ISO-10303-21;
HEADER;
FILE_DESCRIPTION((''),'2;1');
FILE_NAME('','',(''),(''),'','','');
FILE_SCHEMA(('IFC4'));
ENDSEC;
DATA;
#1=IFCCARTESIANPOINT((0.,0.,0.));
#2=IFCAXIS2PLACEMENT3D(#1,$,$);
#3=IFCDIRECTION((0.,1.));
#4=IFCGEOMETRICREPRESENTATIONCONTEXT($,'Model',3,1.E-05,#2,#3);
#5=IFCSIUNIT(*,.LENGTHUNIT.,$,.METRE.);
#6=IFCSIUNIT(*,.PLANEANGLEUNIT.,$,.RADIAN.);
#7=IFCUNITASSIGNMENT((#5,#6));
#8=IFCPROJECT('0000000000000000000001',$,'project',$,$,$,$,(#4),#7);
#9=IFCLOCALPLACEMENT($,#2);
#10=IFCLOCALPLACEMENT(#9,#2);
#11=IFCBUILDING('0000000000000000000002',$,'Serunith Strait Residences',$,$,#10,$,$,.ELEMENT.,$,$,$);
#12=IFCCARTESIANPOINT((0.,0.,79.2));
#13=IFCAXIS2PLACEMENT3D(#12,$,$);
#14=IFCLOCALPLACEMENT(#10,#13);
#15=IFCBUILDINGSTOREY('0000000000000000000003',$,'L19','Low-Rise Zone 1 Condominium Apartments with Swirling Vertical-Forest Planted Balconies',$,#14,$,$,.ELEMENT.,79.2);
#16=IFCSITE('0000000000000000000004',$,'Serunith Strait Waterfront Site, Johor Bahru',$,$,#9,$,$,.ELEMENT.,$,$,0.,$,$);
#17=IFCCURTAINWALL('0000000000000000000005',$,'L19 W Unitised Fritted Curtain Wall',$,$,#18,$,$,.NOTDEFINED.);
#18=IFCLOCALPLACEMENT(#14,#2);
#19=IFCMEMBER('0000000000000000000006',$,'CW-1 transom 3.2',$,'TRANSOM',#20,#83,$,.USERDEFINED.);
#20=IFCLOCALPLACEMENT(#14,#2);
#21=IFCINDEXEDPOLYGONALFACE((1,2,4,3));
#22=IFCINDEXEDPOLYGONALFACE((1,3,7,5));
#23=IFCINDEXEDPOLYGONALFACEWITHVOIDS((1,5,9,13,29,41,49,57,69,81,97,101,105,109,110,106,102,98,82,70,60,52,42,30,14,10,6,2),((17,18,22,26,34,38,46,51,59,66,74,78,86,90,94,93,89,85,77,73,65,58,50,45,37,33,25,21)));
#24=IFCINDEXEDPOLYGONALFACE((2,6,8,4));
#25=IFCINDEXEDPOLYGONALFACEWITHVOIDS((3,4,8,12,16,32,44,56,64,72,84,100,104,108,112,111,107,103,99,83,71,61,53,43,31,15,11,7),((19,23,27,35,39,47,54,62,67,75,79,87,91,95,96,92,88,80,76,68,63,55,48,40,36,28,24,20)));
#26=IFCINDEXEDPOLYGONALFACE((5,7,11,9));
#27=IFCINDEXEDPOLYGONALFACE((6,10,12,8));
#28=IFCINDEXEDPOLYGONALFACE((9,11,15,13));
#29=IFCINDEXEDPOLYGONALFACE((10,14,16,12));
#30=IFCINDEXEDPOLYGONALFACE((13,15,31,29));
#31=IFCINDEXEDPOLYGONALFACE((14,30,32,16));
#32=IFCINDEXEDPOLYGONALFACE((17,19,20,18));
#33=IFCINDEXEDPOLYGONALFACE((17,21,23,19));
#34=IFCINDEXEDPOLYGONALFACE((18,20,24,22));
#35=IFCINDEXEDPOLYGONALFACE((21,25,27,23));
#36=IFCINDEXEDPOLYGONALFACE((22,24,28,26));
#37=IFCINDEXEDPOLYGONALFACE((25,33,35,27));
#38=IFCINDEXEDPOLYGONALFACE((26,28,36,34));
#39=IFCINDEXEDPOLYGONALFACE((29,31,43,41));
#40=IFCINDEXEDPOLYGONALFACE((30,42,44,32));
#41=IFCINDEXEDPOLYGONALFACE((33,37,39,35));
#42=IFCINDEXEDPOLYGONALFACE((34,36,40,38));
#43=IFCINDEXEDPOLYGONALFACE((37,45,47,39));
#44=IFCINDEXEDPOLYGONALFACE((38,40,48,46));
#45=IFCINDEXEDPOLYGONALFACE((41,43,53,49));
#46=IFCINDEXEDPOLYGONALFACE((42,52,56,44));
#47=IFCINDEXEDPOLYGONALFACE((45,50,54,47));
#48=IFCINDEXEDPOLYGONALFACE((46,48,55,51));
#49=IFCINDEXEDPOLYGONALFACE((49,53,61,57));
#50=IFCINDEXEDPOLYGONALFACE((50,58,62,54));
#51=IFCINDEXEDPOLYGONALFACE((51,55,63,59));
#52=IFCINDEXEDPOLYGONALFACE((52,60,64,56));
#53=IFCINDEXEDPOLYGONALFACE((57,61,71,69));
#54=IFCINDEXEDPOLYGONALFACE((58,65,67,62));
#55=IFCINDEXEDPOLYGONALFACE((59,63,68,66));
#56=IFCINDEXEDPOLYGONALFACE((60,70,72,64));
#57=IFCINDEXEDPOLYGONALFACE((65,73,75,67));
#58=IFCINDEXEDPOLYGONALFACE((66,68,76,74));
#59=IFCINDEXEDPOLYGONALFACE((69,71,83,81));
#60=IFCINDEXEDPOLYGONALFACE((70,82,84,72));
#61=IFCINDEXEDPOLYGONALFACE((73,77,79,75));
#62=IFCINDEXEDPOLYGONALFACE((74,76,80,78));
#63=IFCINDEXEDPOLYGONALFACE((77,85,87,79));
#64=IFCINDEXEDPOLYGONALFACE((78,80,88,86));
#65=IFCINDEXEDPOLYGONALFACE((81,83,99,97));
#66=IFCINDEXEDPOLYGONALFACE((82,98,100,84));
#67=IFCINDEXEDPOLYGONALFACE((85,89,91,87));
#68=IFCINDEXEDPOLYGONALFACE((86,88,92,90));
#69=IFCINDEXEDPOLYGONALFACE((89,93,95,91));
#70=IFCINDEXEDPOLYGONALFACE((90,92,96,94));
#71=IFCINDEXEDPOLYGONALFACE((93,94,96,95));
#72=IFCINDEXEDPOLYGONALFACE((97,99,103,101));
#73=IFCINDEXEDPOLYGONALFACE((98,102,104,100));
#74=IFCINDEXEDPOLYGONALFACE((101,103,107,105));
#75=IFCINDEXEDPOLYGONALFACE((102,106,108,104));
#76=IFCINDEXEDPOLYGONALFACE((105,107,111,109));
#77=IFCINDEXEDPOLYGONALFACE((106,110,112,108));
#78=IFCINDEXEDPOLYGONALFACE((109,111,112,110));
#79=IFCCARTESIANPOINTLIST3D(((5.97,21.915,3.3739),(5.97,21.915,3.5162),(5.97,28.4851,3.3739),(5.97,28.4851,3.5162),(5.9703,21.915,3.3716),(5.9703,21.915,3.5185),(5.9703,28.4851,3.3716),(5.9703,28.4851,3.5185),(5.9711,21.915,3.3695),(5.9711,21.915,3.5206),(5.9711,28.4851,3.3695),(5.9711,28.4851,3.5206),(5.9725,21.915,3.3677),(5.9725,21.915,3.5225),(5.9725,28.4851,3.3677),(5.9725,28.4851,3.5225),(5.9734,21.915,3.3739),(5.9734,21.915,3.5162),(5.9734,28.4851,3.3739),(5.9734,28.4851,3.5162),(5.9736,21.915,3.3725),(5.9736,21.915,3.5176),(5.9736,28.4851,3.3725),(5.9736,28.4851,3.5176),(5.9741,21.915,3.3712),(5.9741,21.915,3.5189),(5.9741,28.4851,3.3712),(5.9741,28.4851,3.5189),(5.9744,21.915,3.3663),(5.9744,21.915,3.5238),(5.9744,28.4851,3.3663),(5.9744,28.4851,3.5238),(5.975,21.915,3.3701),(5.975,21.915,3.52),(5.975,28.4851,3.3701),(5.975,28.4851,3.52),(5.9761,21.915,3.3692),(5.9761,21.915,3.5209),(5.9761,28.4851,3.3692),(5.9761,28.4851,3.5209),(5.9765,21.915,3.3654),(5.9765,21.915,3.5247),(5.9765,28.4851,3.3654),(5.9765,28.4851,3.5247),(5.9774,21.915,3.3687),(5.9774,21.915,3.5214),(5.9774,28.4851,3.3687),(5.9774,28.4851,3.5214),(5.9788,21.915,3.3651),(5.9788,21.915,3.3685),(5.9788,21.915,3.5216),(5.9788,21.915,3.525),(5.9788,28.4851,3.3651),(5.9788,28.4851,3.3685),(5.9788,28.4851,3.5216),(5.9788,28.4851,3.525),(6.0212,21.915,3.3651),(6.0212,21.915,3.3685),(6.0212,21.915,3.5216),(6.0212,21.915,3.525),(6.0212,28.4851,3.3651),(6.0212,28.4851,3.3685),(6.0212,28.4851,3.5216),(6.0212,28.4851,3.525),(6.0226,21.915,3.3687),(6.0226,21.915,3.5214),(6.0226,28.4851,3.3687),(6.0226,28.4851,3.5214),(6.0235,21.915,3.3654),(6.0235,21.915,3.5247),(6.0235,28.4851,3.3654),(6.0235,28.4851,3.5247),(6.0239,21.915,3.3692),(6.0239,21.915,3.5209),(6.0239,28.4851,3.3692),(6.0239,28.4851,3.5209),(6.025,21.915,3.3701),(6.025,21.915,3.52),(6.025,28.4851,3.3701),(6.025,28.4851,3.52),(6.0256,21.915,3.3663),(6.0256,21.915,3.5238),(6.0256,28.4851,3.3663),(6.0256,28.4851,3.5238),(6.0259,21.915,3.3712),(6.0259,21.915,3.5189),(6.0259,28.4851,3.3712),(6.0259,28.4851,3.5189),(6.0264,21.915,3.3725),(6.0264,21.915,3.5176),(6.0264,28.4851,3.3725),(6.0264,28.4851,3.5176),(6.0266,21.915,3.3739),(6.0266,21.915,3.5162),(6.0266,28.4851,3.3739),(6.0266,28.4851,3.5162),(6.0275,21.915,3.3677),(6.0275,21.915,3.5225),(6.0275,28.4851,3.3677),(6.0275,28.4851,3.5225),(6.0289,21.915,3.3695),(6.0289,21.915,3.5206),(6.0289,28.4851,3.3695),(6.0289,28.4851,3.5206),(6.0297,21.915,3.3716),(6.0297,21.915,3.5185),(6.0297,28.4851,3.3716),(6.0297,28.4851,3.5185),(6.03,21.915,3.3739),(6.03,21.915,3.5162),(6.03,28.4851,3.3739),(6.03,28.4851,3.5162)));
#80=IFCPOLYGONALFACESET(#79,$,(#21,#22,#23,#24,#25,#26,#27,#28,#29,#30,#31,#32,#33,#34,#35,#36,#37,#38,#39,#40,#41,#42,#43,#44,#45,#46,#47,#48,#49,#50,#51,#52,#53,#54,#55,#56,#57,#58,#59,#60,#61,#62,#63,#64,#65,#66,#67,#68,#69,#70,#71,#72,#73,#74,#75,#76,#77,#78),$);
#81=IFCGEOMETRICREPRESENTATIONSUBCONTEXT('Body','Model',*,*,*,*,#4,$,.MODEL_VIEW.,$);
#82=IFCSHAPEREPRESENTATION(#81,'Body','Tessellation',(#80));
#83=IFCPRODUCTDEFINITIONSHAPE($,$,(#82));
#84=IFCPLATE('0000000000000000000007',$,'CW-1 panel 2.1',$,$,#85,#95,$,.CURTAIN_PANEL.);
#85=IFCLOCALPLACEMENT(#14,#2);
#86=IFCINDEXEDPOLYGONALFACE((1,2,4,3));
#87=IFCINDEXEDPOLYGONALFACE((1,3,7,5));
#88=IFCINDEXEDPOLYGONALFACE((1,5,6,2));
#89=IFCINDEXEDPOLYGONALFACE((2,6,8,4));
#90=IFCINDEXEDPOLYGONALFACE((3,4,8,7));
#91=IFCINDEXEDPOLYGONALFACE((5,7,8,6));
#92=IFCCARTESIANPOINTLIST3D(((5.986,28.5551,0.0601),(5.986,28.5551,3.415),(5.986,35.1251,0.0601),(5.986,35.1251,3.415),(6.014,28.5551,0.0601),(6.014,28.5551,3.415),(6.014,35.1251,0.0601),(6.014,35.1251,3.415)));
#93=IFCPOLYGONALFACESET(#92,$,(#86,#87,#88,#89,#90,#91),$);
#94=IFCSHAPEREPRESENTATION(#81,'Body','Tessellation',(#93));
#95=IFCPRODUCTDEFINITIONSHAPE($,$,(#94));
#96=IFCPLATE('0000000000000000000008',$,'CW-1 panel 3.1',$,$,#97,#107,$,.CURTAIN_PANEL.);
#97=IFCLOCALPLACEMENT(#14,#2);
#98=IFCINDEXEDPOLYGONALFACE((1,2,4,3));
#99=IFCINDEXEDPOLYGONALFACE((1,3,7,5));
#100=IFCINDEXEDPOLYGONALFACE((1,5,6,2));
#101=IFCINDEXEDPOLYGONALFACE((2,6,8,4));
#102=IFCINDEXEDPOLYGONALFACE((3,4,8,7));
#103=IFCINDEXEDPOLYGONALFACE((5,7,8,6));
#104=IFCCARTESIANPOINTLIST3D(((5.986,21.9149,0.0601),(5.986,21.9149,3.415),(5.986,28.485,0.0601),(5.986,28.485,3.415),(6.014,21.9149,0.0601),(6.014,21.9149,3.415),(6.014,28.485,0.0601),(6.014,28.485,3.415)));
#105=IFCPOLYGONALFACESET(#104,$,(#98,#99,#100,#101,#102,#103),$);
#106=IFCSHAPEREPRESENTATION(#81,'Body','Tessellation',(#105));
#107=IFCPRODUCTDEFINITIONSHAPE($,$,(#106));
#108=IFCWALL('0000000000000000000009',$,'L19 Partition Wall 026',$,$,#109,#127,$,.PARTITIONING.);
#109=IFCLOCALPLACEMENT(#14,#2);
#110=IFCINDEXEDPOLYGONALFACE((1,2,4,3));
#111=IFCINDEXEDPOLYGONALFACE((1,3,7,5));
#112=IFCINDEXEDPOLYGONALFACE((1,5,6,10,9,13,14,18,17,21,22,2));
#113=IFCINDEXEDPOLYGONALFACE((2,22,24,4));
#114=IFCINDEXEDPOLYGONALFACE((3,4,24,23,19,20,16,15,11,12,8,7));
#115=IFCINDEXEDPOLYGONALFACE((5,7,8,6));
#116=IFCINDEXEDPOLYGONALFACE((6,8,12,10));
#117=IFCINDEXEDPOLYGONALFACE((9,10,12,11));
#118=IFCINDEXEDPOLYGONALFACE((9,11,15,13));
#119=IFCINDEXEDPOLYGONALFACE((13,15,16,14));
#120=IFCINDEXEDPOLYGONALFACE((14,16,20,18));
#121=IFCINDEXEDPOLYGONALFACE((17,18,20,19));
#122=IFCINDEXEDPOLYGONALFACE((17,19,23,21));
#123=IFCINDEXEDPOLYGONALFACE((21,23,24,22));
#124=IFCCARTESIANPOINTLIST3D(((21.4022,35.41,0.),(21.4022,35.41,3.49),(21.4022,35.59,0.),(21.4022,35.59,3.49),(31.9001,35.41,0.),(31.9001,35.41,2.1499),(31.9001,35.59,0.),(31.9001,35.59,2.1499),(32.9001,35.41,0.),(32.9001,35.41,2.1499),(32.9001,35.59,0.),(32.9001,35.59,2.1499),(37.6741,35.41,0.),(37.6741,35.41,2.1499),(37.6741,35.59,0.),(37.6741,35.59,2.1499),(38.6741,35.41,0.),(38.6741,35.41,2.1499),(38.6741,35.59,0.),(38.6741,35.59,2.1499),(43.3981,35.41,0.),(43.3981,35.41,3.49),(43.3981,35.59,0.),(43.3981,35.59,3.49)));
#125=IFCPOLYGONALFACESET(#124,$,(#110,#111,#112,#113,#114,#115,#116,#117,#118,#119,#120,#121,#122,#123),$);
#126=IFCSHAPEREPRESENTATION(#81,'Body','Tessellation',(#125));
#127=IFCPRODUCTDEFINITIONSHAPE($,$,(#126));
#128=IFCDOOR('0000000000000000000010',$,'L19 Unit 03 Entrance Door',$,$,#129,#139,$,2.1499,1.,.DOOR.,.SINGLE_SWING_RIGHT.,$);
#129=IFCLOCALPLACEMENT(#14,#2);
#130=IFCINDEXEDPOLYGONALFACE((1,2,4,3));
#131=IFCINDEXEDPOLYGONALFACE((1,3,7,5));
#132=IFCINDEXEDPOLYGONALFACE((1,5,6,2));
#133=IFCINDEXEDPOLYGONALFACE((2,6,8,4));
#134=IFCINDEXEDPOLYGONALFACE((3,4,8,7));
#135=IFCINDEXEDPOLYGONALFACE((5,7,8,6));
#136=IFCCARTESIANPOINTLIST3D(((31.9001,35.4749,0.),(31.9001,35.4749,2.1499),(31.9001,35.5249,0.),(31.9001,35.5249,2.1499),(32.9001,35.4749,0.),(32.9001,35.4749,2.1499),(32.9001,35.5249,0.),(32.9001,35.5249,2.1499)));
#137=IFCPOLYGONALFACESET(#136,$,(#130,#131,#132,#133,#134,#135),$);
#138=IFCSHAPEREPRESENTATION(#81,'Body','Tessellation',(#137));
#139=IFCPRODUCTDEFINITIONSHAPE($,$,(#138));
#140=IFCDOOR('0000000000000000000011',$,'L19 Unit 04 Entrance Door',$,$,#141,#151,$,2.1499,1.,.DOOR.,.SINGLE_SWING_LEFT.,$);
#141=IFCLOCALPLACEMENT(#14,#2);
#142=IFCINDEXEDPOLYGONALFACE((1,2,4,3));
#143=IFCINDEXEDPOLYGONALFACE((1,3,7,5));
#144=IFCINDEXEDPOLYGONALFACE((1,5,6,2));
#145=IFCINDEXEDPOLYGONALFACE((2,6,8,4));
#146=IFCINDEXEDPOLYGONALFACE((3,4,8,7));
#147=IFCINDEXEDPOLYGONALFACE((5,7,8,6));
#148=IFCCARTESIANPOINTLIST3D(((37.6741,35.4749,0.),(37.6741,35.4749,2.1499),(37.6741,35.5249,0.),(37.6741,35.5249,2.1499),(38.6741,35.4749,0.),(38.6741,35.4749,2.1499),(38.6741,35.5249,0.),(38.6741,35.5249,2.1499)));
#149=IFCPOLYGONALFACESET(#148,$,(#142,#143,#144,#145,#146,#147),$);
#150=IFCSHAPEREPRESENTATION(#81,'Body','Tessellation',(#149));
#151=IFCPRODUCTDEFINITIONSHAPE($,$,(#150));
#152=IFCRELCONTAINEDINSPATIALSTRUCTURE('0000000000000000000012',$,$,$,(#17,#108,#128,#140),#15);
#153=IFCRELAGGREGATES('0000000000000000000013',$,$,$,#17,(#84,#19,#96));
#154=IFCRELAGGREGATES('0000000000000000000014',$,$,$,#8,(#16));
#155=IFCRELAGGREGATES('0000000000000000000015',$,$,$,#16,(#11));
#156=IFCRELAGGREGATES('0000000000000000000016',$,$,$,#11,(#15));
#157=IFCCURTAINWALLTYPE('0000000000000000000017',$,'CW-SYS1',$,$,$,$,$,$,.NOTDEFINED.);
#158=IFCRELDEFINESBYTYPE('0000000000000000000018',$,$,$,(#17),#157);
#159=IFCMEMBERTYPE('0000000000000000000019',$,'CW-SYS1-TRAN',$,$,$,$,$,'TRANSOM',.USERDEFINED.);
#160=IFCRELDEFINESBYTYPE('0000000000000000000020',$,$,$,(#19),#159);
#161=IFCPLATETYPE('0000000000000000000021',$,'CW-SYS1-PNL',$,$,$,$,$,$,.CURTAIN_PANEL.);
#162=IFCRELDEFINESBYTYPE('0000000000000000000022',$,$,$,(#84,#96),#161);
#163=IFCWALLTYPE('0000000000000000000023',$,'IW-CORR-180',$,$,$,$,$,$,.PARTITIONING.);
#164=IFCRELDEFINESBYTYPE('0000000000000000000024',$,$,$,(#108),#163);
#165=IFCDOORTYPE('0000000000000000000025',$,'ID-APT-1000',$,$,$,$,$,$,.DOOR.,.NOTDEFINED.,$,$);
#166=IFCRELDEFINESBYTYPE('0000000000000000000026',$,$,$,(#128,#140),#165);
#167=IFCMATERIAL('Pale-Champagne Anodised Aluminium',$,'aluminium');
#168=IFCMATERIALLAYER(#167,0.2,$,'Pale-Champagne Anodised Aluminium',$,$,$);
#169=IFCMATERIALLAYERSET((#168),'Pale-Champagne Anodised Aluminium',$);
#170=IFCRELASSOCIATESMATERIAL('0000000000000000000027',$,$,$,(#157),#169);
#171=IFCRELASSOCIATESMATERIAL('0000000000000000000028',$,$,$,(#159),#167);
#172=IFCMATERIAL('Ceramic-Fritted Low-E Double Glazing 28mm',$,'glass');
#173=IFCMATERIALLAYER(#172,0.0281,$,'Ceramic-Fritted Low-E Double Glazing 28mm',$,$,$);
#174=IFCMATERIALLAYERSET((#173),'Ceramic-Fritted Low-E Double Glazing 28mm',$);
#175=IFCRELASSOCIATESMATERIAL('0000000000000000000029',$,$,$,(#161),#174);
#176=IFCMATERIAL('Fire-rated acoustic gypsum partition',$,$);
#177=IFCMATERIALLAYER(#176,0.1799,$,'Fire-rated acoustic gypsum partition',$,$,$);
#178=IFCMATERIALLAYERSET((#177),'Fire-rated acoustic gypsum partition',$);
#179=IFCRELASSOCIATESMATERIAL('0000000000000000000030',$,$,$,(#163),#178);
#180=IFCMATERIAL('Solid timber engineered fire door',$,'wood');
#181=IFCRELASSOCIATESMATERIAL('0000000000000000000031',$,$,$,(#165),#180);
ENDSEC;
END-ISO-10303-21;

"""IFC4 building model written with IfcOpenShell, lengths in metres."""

from ifc_helpers import new_model, si_unit, direction, frame, frame_2d, origin, origin_2d, place, context, subcontext, project, spatial, rectangle, hollow_rectangle, extrude, source, transform, mapped, material, layer, layer_set, material_profile, profile_set, type_object, element, fill, aggregate, save


model = new_model("IFC4")

# Units and contexts
model_context = context("Model", 3, precision=1e-05, world=origin(), true_north=direction((0.0, 1.0)))
body_context = subcontext(model_context, "Body", "Model", "MODEL_VIEW")
ifc_project = project(units=[si_unit("LENGTHUNIT", "METRE"), si_unit("PLANEANGLEUNIT", "RADIAN")], contexts=[model_context])

# Site, building, storey
site_placement = place(None, origin())
site = spatial("IfcSite", under=ifc_project, at=site_placement, Name="Serunith Strait Waterfront Site, Johor Bahru", CompositionType="ELEMENT", RefElevation=0.0)
building_placement = place(site_placement, origin())
building = spatial("IfcBuilding", under=site, at=building_placement, Name="Serunith Strait Residences", CompositionType="ELEMENT")
storey_placement = place(building_placement, frame((0.0, 0.0, 79.2)))
storey = spatial("IfcBuildingStorey", under=building, at=storey_placement, Name="L19", Description="Low-Rise Zone 1 Condominium Apartments with Swirling Vertical-Forest Planted Balconies", CompositionType="ELEMENT", Elevation=79.2)

# Curtain wall, member, plates
ifc_material_1 = material(Name="Pale-Champagne Anodised Aluminium", Category="aluminium")
ifc_layer_1 = layer(ifc_material_1, 0.2, Name="Pale-Champagne Anodised Aluminium")
ifc_layer_set_1 = layer_set([ifc_layer_1], Name="Pale-Champagne Anodised Aluminium")
curtain_wall_type = type_object("IfcCurtainWallType", Name="CW-SYS1", PredefinedType="NOTDEFINED", material=ifc_layer_set_1)
curtain_wall_placement = place(storey_placement, origin())
curtain_wall = element("IfcCurtainWall", 1, at=curtain_wall_placement, inside=storey, type_object=curtain_wall_type, Name="L19 W Unitised Fritted Curtain Wall", PredefinedType="NOTDEFINED")
ifc_material_profile_1 = material_profile(ifc_material_1, hollow_rectangle(XDim=0.0601, YDim=0.1599, WallThickness=0.0034, InnerFilletRadius=0.0054, OuterFilletRadius=0.0088, at=origin_2d()), Name="ALU 160x60x3.5")
ifc_profile_set_1 = profile_set([ifc_material_profile_1], Name="Pale-Champagne Anodised Aluminium")
member_type_1 = type_object("IfcMemberType", Name="CW-SYS1-TRAN", ElementType="TRANSOM", PredefinedType="USERDEFINED", material=ifc_profile_set_1)
shared_shape_1 = source(origin(), body_context, "Body", "SweptSolid", [
    extrude(hollow_rectangle(XDim=0.0601, YDim=0.1599, WallThickness=0.0034, InnerFilletRadius=0.0054, OuterFilletRadius=0.0088, at=origin_2d()), origin(), (0.0, 0.0, 1.0), 6.5701),
])
member_1_placement = place(storey_placement, frame((6.0, 28.4851, 3.4451), z_axis=(0.0, -1.0, 0.0), x_axis=(1.0, 0.0, 0.0)))
member_1 = element("IfcMember", 2, at=member_1_placement, type_object=member_type_1, Name="CW-1 transom 3.2", ObjectType="TRANSOM", PredefinedType="USERDEFINED", context=body_context, shape_type="MappedRepresentation", body=[
    mapped(shared_shape_1, transform((0.0, 0.0, 0.0), scale=1.0)),
])
ifc_material_2 = material(Name="Ceramic-Fritted Low-E Double Glazing 28mm", Category="glass")
ifc_layer_2 = layer(ifc_material_2, 0.0281, Name="Ceramic-Fritted Low-E Double Glazing 28mm")
ifc_layer_set_2 = layer_set([ifc_layer_2], Name="Ceramic-Fritted Low-E Double Glazing 28mm")
plate_type = type_object("IfcPlateType", Name="CW-SYS1-PNL", PredefinedType="CURTAIN_PANEL", material=ifc_layer_set_2)
shared_shape_2 = source(origin(), body_context, "Body", "SweptSolid", [
    extrude(rectangle(XDim=6.5701, YDim=0.0281, at=origin_2d()), origin(), (0.0, 0.0, 1.0), 3.355),
])
plate_1_placement = place(storey_placement, frame((6.0, 31.8401, 0.0601), z_axis=(0.0, 0.0, 1.0), x_axis=(0.0, -1.0, 0.0)))
plate_1 = element("IfcPlate", 3, at=plate_1_placement, type_object=plate_type, Name="CW-1 panel 2.1", PredefinedType="CURTAIN_PANEL", context=body_context, shape_type="MappedRepresentation", body=[
    mapped(shared_shape_2, transform((0.0, 0.0, 0.0), scale=1.0)),
])
plate_2_placement = place(storey_placement, frame((6.0, 25.2, 0.0601), z_axis=(0.0, 0.0, 1.0), x_axis=(0.0, -1.0, 0.0)))
plate_2 = element("IfcPlate", 4, at=plate_2_placement, type_object=plate_type, Name="CW-1 panel 3.1", PredefinedType="CURTAIN_PANEL", context=body_context, shape_type="MappedRepresentation", body=[
    mapped(shared_shape_2, transform((0.0, 0.0, 0.0), scale=1.0)),
])
aggregate(curtain_wall, [plate_1, member_1, plate_2])

# Wall, openings, doors
ifc_material_3 = material(Name="Fire-rated acoustic gypsum partition")
ifc_layer_3 = layer(ifc_material_3, 0.1799, Name="Fire-rated acoustic gypsum partition")
ifc_layer_set_3 = layer_set([ifc_layer_3], Name="Fire-rated acoustic gypsum partition")
wall_type_1 = type_object("IfcWallType", Name="IW-CORR-180", PredefinedType="PARTITIONING", material=ifc_layer_set_3)
wall_1_placement = place(storey_placement, frame((21.4021, 35.5, 0.0), z_axis=(0.0, 0.0, 1.0), x_axis=(1.0, 0.0, 0.0)))
wall_1 = element("IfcWall", 5, at=wall_1_placement, inside=storey, type_object=wall_type_1, Name="L19 Partition Wall 026", PredefinedType="PARTITIONING", context=body_context, shape_type="SweptSolid", body=[
    extrude(rectangle(XDim=21.9958, YDim=0.1799, at=frame_2d((10.998, 0.0))), origin(), (0.0, 0.0, 1.0), 3.49),
])
opening_1_placement = place(wall_1_placement, frame((10.498, 0.0, 0.0)))
opening_1 = element("IfcOpeningElement", 6, at=opening_1_placement, cuts=wall_1, PredefinedType="OPENING", context=body_context, shape_type="SweptSolid", body=[
    extrude(rectangle(XDim=1.0, YDim=2.1499, at=frame_2d((0.5, 1.075))), frame((0.0, 0.1001, 0.0), z_axis=(0.0, -1.0, 0.0), x_axis=(1.0, 0.0, 0.0)), (0.0, 0.0, 1.0), 0.2),
])
opening_2_placement = place(wall_1_placement, frame((16.272, 0.0, 0.0)))
opening_2 = element("IfcOpeningElement", 7, at=opening_2_placement, cuts=wall_1, PredefinedType="OPENING", context=body_context, shape_type="SweptSolid", body=[
    extrude(rectangle(XDim=1.0, YDim=2.1499, at=frame_2d((0.5, 1.075))), frame((0.0, 0.1001, 0.0), z_axis=(0.0, -1.0, 0.0), x_axis=(1.0, 0.0, 0.0)), (0.0, 0.0, 1.0), 0.2),
])
ifc_material_4 = material(Name="Solid timber engineered fire door", Category="wood")
door_type_1 = type_object("IfcDoorType", Name="ID-APT-1000", OperationType="NOTDEFINED", PredefinedType="DOOR", material=ifc_material_4)
shared_shape_3 = source(origin(), body_context, "Body", "SweptSolid", [
    extrude(rectangle(XDim=1.0, YDim=2.1499, at=frame_2d((0.5, 1.075))), frame((0.0, 0.0249, 0.0), z_axis=(0.0, -1.0, 0.0), x_axis=(1.0, 0.0, 0.0)), (0.0, 0.0, 1.0), 0.05),
])
door_1_placement = place(opening_1_placement, origin())
door_1 = element("IfcDoor", 8, at=door_1_placement, inside=storey, type_object=door_type_1, Name="L19 Unit 03 Entrance Door", OperationType="SINGLE_SWING_RIGHT", OverallHeight=2.1499, OverallWidth=1.0, PredefinedType="DOOR", context=body_context, shape_type="MappedRepresentation", body=[
    mapped(shared_shape_3, transform((0.0, 0.0, 0.0), scale=1.0)),
])
fill(opening_1, door_1)
door_2_placement = place(opening_2_placement, origin())
door_2 = element("IfcDoor", 9, at=door_2_placement, inside=storey, type_object=door_type_1, Name="L19 Unit 04 Entrance Door", OperationType="SINGLE_SWING_LEFT", OverallHeight=2.1499, OverallWidth=1.0, PredefinedType="DOOR", context=body_context, shape_type="MappedRepresentation", body=[
    mapped(shared_shape_3, transform((0.0, 0.0, 0.0), scale=1.0)),
])
fill(opening_2, door_2)

save(model, "model.ifc")
